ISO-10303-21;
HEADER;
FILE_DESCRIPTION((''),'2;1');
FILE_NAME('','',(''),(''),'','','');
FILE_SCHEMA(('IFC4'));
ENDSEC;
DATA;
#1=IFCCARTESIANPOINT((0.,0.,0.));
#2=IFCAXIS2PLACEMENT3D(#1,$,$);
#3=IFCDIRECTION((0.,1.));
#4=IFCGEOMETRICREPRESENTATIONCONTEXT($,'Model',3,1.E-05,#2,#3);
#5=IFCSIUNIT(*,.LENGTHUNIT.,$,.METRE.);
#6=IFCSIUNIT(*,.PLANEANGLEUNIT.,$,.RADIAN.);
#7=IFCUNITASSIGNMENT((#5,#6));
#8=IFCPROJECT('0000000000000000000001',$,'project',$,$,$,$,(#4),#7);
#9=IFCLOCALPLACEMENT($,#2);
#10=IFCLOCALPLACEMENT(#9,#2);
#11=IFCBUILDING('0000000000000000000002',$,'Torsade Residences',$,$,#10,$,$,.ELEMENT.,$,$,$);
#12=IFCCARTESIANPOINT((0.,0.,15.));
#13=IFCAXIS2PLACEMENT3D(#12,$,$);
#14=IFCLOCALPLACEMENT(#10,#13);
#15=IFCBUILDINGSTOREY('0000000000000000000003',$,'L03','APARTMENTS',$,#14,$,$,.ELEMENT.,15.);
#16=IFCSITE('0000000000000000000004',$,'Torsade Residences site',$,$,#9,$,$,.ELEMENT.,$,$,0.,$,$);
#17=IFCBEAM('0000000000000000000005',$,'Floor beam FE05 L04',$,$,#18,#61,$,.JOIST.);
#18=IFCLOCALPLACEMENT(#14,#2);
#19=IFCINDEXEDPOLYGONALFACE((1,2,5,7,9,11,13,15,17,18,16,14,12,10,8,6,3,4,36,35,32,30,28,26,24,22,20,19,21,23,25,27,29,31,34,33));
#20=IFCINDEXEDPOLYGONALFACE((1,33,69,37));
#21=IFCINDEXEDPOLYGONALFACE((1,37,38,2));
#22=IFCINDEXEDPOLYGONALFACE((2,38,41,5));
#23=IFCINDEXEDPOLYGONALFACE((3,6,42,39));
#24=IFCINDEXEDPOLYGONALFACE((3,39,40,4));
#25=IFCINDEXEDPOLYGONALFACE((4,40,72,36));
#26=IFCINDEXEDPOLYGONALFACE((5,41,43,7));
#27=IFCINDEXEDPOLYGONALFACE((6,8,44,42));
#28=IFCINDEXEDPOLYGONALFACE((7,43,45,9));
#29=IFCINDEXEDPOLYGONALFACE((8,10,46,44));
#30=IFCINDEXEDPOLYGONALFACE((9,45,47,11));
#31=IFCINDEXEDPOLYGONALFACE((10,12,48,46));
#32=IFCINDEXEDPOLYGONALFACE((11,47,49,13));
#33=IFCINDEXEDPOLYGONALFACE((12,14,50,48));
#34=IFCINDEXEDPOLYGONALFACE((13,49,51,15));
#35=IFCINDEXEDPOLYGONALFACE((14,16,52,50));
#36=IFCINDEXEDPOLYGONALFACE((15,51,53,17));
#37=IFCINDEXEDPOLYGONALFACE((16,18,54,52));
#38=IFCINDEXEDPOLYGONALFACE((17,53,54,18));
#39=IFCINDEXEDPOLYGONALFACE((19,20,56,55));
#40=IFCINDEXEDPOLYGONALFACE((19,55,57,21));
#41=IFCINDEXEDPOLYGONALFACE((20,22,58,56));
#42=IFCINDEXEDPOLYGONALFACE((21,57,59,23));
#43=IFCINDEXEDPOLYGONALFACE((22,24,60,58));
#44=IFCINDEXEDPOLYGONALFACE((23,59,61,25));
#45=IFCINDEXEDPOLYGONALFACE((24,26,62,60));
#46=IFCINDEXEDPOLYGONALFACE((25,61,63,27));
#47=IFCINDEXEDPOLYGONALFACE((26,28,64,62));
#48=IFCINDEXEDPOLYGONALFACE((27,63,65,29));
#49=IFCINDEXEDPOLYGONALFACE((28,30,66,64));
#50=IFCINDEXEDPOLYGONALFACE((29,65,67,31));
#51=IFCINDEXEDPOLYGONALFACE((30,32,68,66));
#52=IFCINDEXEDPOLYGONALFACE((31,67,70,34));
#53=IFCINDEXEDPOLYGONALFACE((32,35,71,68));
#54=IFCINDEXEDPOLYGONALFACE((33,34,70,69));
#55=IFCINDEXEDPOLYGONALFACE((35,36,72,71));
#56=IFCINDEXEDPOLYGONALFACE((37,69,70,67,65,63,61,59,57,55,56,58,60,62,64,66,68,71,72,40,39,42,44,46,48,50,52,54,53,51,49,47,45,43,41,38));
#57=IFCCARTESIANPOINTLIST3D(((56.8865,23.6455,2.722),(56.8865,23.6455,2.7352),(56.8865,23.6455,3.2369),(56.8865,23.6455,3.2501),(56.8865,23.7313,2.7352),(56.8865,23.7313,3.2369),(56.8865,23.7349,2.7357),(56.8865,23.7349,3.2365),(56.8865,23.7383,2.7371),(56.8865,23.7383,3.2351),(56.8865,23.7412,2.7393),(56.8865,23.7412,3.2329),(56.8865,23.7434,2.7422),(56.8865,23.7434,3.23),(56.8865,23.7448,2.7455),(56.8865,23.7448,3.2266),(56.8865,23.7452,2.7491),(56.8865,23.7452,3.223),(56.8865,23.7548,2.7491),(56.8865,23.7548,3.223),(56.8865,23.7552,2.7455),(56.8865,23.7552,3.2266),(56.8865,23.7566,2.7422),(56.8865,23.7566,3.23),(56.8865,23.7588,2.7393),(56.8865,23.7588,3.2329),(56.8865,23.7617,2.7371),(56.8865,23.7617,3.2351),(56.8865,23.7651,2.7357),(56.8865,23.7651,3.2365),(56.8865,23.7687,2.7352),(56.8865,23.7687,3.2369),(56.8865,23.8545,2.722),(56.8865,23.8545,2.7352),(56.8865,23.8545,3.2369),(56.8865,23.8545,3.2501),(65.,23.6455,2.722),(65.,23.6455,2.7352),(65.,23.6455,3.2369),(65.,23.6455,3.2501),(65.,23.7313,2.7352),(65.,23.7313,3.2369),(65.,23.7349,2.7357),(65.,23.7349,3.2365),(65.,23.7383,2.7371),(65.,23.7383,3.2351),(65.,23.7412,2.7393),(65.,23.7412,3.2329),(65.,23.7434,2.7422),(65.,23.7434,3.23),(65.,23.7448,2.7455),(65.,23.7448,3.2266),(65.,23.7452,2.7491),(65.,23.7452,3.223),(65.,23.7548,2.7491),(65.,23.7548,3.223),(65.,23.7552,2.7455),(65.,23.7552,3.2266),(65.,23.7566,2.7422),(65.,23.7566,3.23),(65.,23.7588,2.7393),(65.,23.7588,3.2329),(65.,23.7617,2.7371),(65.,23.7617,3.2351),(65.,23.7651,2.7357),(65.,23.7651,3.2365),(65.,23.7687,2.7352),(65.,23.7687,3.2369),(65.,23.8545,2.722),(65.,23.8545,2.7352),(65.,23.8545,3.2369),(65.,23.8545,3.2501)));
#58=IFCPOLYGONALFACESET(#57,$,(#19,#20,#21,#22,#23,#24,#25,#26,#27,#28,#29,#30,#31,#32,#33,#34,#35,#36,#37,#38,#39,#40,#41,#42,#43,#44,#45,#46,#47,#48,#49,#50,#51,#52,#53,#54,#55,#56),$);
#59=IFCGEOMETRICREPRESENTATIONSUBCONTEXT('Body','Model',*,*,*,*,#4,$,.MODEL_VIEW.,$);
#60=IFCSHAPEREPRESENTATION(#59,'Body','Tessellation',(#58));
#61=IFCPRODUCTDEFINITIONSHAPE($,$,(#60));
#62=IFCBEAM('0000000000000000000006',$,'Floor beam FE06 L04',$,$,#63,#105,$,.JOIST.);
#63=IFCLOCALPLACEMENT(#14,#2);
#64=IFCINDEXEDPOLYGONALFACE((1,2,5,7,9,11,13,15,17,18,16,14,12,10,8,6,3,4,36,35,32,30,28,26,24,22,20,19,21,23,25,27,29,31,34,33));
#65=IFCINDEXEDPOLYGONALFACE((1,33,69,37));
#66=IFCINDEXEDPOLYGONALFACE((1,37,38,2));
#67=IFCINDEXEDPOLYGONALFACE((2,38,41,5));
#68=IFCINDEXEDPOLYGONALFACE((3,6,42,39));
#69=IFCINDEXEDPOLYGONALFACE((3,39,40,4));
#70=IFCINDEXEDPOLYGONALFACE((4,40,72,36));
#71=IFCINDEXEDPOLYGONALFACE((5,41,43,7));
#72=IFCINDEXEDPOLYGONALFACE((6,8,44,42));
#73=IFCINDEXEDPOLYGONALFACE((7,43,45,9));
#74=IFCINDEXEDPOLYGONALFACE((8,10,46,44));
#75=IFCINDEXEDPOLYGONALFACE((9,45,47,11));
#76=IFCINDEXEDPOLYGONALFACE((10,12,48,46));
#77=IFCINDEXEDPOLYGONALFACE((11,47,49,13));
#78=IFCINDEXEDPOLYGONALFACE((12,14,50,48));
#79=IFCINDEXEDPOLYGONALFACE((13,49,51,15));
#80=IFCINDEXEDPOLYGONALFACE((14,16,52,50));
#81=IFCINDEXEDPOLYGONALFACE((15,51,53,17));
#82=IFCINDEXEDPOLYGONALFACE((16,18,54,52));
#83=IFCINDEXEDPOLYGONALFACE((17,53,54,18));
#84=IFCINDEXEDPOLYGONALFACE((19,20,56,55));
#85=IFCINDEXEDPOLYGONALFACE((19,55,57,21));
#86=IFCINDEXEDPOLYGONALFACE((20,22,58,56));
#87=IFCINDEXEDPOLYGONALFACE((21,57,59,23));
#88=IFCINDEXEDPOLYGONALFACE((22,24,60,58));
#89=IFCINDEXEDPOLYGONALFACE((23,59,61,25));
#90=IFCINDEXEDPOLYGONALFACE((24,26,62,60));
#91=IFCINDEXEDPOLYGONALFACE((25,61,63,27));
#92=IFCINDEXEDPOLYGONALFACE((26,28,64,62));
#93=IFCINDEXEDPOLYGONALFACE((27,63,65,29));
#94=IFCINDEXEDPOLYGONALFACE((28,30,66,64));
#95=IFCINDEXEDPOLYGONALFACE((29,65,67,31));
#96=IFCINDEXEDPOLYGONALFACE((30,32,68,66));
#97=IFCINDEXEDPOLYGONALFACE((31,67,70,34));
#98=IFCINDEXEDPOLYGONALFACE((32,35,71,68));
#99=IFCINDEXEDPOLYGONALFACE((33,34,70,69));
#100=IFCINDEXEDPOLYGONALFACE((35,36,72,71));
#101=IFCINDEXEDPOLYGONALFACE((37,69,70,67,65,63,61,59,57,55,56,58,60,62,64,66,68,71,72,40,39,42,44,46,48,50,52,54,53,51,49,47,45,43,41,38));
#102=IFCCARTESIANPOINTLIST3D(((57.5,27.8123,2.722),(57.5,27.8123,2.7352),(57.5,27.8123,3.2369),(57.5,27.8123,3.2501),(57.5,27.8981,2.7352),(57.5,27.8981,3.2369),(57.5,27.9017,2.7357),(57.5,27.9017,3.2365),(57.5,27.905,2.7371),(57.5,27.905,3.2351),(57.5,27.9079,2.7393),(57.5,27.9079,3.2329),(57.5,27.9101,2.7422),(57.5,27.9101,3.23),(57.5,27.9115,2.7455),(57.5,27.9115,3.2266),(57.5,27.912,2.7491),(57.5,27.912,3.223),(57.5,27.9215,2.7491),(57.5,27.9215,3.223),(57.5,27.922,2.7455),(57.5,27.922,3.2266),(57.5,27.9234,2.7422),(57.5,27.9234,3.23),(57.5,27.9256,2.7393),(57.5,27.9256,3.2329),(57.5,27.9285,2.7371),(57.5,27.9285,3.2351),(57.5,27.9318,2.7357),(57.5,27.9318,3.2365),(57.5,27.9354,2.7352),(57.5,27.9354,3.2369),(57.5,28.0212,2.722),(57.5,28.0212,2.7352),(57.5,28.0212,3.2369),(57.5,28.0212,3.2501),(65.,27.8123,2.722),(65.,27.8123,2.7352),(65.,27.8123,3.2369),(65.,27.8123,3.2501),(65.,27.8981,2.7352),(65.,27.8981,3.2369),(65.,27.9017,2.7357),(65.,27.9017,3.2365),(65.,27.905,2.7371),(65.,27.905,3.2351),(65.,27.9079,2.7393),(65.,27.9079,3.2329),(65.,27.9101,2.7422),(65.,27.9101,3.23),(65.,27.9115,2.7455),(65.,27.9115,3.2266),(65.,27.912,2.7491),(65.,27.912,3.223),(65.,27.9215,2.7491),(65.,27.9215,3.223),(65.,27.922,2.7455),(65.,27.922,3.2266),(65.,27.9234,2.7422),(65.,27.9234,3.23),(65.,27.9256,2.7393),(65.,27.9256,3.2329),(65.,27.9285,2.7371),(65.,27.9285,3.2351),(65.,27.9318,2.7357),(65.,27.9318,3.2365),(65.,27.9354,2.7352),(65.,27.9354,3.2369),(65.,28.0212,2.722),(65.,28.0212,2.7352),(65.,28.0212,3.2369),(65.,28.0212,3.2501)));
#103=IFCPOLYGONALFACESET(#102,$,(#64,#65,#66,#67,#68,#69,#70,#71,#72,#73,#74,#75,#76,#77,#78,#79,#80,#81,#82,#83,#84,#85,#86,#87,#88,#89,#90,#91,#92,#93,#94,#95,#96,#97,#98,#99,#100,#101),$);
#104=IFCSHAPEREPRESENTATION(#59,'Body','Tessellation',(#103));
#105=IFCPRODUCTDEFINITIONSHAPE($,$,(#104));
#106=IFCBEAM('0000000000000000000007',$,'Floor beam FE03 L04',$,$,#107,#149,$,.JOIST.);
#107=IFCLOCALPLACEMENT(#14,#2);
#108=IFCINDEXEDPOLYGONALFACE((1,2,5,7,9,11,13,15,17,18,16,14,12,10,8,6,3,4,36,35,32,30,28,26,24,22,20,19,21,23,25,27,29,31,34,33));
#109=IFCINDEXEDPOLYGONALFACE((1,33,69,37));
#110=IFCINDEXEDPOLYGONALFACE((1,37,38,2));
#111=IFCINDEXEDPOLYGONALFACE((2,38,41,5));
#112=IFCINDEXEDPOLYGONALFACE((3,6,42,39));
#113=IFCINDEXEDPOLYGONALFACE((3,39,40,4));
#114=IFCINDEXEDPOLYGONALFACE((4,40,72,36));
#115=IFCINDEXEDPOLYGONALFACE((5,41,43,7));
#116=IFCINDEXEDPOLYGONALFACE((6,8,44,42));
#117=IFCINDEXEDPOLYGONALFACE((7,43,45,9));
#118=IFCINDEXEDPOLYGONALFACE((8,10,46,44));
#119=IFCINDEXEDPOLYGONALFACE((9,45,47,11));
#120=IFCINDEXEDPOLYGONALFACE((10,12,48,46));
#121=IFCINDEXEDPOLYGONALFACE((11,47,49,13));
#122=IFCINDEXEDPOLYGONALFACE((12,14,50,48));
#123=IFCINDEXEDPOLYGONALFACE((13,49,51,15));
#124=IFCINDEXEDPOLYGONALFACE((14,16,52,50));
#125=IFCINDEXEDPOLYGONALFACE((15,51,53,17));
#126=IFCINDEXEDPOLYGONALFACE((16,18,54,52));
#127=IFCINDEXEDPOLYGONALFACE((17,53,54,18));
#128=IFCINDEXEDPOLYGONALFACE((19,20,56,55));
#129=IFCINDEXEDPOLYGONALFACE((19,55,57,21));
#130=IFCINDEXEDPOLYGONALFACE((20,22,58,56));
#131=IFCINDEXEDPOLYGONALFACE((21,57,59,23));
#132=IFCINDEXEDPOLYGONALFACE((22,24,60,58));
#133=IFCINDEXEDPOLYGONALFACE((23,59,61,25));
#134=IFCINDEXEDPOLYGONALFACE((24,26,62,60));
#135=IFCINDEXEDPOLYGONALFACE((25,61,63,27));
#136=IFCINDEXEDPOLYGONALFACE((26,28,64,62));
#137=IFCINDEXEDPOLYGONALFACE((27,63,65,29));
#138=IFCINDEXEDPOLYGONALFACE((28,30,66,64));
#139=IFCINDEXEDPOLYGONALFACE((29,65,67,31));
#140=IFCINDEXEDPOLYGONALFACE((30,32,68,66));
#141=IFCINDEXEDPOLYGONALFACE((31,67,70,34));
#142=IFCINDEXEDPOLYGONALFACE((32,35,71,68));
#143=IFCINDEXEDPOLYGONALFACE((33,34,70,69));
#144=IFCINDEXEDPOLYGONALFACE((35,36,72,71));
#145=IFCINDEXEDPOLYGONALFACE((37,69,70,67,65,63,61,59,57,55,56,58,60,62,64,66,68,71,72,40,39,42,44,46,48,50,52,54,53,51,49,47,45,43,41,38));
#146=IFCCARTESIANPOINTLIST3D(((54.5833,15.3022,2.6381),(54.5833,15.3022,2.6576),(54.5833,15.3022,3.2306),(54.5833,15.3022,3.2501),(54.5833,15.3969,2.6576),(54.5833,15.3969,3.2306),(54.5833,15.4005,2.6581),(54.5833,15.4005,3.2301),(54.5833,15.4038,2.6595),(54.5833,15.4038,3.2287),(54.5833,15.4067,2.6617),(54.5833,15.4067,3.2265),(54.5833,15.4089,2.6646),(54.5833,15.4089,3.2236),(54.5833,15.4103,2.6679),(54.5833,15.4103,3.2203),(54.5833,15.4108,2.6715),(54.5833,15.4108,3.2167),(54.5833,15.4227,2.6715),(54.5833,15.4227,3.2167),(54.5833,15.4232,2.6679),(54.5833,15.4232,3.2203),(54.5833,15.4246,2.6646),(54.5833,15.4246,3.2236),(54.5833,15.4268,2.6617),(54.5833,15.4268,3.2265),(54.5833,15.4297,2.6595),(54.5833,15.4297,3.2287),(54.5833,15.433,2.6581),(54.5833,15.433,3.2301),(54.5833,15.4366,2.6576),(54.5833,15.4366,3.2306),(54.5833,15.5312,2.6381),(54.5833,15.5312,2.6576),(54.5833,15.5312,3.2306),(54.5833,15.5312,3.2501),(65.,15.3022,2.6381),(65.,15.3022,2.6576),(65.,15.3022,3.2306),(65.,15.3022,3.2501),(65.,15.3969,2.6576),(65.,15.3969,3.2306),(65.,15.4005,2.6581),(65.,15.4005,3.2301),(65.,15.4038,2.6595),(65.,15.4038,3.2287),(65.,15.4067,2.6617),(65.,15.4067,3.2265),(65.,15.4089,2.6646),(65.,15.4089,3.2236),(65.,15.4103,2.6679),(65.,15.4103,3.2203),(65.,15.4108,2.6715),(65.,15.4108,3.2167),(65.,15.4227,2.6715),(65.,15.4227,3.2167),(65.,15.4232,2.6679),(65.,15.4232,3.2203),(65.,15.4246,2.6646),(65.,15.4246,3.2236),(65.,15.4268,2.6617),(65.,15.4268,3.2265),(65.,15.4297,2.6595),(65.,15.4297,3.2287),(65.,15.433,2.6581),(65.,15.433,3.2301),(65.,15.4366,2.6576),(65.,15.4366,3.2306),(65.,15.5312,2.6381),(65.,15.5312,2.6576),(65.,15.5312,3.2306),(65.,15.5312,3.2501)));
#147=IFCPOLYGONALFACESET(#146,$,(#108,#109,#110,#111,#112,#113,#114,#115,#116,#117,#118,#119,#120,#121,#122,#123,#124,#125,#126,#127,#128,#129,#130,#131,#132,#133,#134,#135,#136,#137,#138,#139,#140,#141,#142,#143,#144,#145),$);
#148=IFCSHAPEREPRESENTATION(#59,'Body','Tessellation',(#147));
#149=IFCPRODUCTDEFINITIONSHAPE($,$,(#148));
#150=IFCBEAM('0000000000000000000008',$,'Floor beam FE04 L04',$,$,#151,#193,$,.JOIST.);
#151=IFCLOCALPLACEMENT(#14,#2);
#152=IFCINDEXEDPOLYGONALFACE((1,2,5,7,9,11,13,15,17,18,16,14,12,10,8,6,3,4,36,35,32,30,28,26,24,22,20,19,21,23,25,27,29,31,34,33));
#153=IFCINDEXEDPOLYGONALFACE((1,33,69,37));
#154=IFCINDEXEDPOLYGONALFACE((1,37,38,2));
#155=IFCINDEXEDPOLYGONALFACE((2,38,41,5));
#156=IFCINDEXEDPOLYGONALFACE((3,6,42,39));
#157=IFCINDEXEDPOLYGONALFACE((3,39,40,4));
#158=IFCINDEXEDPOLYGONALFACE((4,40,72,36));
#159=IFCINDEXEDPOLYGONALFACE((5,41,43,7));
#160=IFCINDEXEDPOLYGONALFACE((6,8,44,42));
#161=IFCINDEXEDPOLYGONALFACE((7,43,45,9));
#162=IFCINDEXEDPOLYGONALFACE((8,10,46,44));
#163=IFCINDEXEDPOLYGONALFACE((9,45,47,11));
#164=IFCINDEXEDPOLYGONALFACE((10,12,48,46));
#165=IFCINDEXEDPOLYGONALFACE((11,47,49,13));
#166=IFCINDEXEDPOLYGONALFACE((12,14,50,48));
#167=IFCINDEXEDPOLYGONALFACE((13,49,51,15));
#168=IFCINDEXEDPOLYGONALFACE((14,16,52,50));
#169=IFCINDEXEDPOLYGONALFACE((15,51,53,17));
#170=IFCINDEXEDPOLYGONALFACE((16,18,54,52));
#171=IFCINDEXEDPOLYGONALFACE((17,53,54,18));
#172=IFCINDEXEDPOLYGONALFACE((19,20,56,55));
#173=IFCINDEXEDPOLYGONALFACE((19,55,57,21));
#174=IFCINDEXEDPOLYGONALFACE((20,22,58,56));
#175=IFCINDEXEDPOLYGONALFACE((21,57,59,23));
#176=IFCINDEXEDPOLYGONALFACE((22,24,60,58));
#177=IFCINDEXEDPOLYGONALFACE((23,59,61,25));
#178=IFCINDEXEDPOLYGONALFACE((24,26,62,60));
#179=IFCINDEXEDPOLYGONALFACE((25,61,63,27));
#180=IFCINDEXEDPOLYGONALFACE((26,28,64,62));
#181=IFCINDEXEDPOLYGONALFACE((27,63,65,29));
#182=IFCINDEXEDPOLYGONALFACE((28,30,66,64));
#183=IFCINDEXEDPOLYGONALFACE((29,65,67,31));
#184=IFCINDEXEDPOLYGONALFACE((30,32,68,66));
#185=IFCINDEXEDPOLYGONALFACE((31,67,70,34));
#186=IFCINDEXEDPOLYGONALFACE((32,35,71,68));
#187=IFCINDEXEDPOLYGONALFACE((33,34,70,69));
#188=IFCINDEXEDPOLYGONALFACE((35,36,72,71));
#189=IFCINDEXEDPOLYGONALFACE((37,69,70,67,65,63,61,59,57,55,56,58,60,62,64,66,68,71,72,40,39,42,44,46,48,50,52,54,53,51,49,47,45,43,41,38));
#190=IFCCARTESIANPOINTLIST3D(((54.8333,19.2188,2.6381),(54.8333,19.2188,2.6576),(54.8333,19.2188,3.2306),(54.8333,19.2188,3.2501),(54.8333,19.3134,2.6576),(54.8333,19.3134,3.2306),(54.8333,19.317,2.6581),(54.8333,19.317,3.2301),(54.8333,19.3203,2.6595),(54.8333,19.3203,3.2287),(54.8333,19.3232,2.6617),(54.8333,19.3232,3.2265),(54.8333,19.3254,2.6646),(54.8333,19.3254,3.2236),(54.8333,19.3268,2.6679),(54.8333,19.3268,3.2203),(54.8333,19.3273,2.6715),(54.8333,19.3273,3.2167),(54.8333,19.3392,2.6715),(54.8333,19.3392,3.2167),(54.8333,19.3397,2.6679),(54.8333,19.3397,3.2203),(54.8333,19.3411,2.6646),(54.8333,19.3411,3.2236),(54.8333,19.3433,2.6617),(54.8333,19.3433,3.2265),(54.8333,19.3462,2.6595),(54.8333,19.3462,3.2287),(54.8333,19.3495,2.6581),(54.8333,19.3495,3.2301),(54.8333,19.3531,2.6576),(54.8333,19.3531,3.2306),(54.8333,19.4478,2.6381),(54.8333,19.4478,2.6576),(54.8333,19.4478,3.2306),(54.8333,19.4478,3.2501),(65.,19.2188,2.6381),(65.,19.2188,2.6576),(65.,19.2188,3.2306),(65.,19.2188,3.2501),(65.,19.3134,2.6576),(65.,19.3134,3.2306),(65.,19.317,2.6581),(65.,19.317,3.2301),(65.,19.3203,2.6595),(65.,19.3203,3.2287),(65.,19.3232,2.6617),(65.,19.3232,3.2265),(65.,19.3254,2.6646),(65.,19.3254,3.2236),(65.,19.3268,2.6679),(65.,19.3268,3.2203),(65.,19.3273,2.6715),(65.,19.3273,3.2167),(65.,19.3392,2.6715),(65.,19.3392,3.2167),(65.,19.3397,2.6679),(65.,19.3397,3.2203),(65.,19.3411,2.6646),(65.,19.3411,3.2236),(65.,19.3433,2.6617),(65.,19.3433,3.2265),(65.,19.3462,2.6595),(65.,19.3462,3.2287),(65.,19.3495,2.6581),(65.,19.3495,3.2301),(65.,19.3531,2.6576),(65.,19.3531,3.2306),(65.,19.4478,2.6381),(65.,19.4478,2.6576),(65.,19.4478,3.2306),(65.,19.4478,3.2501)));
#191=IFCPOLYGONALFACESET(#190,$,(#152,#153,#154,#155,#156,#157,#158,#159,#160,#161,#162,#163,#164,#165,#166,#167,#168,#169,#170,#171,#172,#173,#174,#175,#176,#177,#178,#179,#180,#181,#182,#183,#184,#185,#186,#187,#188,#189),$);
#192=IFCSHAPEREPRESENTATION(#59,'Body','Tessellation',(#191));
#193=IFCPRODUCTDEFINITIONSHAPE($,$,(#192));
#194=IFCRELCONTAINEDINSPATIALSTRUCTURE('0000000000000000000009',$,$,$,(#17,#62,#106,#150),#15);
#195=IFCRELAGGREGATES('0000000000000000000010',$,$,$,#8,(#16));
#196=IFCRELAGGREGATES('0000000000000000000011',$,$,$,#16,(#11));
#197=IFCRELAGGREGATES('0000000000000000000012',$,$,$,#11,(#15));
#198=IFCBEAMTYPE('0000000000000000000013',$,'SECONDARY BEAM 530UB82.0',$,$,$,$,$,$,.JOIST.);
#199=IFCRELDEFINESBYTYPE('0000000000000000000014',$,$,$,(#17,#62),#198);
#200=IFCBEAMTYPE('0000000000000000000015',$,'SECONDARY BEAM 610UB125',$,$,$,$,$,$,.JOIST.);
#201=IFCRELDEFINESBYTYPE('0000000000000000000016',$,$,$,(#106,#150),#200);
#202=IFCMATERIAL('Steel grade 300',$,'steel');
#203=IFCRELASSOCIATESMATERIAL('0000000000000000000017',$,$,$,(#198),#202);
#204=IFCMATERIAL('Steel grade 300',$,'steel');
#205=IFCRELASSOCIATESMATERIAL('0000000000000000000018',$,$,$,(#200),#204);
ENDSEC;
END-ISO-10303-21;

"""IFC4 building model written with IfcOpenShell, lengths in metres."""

from ifc_helpers import new_model, si_unit, direction, frame, origin, origin_2d, place, context, subcontext, project, spatial, i_section, extrude, material, material_profile, profile_set, type_object, element, save


model = new_model("IFC4")

# Units and contexts
model_context = context("Model", 3, precision=1e-05, world=origin(), true_north=direction((0.0, 1.0)))
body_context = subcontext(model_context, "Body", "Model", "MODEL_VIEW")
ifc_project = project(units=[si_unit("LENGTHUNIT", "METRE"), si_unit("PLANEANGLEUNIT", "RADIAN")], contexts=[model_context])

# Site, building, storey
site_placement = place(None, origin())
site = spatial("IfcSite", under=ifc_project, at=site_placement, Name="Torsade Residences site", CompositionType="ELEMENT", RefElevation=0.0)
building_placement = place(site_placement, origin())
building = spatial("IfcBuilding", under=site, at=building_placement, Name="Torsade Residences", CompositionType="ELEMENT")
storey_placement = place(building_placement, frame((0.0, 0.0, 15.0)))
storey = spatial("IfcBuildingStorey", under=building, at=storey_placement, Name="L03", Description="APARTMENTS", CompositionType="ELEMENT", Elevation=15.0)

# Beams
ifc_material_1 = material(Name="Steel grade 300", Category="steel")
ifc_material_profile_1 = material_profile(ifc_material_1, i_section(OverallWidth=0.209, OverallDepth=0.5281, WebThickness=0.0095, FlangeThickness=0.0132, FilletRadius=0.0139, at=origin_2d()), Name="530UB82.0")
ifc_profile_set_1 = profile_set([ifc_material_profile_1], Name="Steel grade 300")
beam_type_1 = type_object("IfcBeamType", Name="SECONDARY BEAM 530UB82.0", PredefinedType="JOIST", material=ifc_profile_set_1)
beam_1_placement = place(storey_placement, frame((65.0, 23.75, 2.9861), z_axis=(-1.0, 0.0, 0.0), x_axis=(0.0, -1.0, 0.0)))
element("IfcBeam", 1, at=beam_1_placement, inside=storey, type_object=beam_type_1, Name="Floor beam FE05 L04", PredefinedType="JOIST", context=body_context, shape_type="SweptSolid", body=[
    extrude(i_section(OverallWidth=0.209, OverallDepth=0.5281, WebThickness=0.0095, FlangeThickness=0.0132, FilletRadius=0.0139, at=origin_2d()), origin(), (0.0, 0.0, 1.0), 8.1135),
])
beam_2_placement = place(storey_placement, frame((65.0, 27.9167, 2.9861), z_axis=(-1.0, 0.0, 0.0), x_axis=(0.0, -1.0, 0.0)))
element("IfcBeam", 2, at=beam_2_placement, inside=storey, type_object=beam_type_1, Name="Floor beam FE06 L04", PredefinedType="JOIST", context=body_context, shape_type="SweptSolid", body=[
    extrude(i_section(OverallWidth=0.209, OverallDepth=0.5281, WebThickness=0.0095, FlangeThickness=0.0132, FilletRadius=0.0139, at=origin_2d()), origin(), (0.0, 0.0, 1.0), 7.5),
])
ifc_material_2 = material(Name="Steel grade 300", Category="steel")
ifc_material_profile_2 = material_profile(ifc_material_2, i_section(OverallWidth=0.229, OverallDepth=0.6121, WebThickness=0.012, FlangeThickness=0.0195, FilletRadius=0.0139, at=origin_2d()), Name="610UB125")
ifc_profile_set_2 = profile_set([ifc_material_profile_2], Name="Steel grade 300")
beam_type_2 = type_object("IfcBeamType", Name="SECONDARY BEAM 610UB125", PredefinedType="JOIST", material=ifc_profile_set_2)
beam_3_placement = place(storey_placement, frame((65.0, 15.4167, 2.9441), z_axis=(-1.0, 0.0, 0.0), x_axis=(0.0, -1.0, 0.0)))
element("IfcBeam", 3, at=beam_3_placement, inside=storey, type_object=beam_type_2, Name="Floor beam FE03 L04", PredefinedType="JOIST", context=body_context, shape_type="SweptSolid", body=[
    extrude(i_section(OverallWidth=0.229, OverallDepth=0.6121, WebThickness=0.012, FlangeThickness=0.0195, FilletRadius=0.0139, at=origin_2d()), origin(), (0.0, 0.0, 1.0), 10.4167),
])
beam_4_placement = place(storey_placement, frame((65.0, 19.3333, 2.9441), z_axis=(-1.0, 0.0, 0.0), x_axis=(0.0, -1.0, 0.0)))
element("IfcBeam", 4, at=beam_4_placement, inside=storey, type_object=beam_type_2, Name="Floor beam FE04 L04", PredefinedType="JOIST", context=body_context, shape_type="SweptSolid", body=[
    extrude(i_section(OverallWidth=0.229, OverallDepth=0.6121, WebThickness=0.012, FlangeThickness=0.0195, FilletRadius=0.0139, at=origin_2d()), origin(), (0.0, 0.0, 1.0), 10.1667),
])

save(model, "model.ifc")
